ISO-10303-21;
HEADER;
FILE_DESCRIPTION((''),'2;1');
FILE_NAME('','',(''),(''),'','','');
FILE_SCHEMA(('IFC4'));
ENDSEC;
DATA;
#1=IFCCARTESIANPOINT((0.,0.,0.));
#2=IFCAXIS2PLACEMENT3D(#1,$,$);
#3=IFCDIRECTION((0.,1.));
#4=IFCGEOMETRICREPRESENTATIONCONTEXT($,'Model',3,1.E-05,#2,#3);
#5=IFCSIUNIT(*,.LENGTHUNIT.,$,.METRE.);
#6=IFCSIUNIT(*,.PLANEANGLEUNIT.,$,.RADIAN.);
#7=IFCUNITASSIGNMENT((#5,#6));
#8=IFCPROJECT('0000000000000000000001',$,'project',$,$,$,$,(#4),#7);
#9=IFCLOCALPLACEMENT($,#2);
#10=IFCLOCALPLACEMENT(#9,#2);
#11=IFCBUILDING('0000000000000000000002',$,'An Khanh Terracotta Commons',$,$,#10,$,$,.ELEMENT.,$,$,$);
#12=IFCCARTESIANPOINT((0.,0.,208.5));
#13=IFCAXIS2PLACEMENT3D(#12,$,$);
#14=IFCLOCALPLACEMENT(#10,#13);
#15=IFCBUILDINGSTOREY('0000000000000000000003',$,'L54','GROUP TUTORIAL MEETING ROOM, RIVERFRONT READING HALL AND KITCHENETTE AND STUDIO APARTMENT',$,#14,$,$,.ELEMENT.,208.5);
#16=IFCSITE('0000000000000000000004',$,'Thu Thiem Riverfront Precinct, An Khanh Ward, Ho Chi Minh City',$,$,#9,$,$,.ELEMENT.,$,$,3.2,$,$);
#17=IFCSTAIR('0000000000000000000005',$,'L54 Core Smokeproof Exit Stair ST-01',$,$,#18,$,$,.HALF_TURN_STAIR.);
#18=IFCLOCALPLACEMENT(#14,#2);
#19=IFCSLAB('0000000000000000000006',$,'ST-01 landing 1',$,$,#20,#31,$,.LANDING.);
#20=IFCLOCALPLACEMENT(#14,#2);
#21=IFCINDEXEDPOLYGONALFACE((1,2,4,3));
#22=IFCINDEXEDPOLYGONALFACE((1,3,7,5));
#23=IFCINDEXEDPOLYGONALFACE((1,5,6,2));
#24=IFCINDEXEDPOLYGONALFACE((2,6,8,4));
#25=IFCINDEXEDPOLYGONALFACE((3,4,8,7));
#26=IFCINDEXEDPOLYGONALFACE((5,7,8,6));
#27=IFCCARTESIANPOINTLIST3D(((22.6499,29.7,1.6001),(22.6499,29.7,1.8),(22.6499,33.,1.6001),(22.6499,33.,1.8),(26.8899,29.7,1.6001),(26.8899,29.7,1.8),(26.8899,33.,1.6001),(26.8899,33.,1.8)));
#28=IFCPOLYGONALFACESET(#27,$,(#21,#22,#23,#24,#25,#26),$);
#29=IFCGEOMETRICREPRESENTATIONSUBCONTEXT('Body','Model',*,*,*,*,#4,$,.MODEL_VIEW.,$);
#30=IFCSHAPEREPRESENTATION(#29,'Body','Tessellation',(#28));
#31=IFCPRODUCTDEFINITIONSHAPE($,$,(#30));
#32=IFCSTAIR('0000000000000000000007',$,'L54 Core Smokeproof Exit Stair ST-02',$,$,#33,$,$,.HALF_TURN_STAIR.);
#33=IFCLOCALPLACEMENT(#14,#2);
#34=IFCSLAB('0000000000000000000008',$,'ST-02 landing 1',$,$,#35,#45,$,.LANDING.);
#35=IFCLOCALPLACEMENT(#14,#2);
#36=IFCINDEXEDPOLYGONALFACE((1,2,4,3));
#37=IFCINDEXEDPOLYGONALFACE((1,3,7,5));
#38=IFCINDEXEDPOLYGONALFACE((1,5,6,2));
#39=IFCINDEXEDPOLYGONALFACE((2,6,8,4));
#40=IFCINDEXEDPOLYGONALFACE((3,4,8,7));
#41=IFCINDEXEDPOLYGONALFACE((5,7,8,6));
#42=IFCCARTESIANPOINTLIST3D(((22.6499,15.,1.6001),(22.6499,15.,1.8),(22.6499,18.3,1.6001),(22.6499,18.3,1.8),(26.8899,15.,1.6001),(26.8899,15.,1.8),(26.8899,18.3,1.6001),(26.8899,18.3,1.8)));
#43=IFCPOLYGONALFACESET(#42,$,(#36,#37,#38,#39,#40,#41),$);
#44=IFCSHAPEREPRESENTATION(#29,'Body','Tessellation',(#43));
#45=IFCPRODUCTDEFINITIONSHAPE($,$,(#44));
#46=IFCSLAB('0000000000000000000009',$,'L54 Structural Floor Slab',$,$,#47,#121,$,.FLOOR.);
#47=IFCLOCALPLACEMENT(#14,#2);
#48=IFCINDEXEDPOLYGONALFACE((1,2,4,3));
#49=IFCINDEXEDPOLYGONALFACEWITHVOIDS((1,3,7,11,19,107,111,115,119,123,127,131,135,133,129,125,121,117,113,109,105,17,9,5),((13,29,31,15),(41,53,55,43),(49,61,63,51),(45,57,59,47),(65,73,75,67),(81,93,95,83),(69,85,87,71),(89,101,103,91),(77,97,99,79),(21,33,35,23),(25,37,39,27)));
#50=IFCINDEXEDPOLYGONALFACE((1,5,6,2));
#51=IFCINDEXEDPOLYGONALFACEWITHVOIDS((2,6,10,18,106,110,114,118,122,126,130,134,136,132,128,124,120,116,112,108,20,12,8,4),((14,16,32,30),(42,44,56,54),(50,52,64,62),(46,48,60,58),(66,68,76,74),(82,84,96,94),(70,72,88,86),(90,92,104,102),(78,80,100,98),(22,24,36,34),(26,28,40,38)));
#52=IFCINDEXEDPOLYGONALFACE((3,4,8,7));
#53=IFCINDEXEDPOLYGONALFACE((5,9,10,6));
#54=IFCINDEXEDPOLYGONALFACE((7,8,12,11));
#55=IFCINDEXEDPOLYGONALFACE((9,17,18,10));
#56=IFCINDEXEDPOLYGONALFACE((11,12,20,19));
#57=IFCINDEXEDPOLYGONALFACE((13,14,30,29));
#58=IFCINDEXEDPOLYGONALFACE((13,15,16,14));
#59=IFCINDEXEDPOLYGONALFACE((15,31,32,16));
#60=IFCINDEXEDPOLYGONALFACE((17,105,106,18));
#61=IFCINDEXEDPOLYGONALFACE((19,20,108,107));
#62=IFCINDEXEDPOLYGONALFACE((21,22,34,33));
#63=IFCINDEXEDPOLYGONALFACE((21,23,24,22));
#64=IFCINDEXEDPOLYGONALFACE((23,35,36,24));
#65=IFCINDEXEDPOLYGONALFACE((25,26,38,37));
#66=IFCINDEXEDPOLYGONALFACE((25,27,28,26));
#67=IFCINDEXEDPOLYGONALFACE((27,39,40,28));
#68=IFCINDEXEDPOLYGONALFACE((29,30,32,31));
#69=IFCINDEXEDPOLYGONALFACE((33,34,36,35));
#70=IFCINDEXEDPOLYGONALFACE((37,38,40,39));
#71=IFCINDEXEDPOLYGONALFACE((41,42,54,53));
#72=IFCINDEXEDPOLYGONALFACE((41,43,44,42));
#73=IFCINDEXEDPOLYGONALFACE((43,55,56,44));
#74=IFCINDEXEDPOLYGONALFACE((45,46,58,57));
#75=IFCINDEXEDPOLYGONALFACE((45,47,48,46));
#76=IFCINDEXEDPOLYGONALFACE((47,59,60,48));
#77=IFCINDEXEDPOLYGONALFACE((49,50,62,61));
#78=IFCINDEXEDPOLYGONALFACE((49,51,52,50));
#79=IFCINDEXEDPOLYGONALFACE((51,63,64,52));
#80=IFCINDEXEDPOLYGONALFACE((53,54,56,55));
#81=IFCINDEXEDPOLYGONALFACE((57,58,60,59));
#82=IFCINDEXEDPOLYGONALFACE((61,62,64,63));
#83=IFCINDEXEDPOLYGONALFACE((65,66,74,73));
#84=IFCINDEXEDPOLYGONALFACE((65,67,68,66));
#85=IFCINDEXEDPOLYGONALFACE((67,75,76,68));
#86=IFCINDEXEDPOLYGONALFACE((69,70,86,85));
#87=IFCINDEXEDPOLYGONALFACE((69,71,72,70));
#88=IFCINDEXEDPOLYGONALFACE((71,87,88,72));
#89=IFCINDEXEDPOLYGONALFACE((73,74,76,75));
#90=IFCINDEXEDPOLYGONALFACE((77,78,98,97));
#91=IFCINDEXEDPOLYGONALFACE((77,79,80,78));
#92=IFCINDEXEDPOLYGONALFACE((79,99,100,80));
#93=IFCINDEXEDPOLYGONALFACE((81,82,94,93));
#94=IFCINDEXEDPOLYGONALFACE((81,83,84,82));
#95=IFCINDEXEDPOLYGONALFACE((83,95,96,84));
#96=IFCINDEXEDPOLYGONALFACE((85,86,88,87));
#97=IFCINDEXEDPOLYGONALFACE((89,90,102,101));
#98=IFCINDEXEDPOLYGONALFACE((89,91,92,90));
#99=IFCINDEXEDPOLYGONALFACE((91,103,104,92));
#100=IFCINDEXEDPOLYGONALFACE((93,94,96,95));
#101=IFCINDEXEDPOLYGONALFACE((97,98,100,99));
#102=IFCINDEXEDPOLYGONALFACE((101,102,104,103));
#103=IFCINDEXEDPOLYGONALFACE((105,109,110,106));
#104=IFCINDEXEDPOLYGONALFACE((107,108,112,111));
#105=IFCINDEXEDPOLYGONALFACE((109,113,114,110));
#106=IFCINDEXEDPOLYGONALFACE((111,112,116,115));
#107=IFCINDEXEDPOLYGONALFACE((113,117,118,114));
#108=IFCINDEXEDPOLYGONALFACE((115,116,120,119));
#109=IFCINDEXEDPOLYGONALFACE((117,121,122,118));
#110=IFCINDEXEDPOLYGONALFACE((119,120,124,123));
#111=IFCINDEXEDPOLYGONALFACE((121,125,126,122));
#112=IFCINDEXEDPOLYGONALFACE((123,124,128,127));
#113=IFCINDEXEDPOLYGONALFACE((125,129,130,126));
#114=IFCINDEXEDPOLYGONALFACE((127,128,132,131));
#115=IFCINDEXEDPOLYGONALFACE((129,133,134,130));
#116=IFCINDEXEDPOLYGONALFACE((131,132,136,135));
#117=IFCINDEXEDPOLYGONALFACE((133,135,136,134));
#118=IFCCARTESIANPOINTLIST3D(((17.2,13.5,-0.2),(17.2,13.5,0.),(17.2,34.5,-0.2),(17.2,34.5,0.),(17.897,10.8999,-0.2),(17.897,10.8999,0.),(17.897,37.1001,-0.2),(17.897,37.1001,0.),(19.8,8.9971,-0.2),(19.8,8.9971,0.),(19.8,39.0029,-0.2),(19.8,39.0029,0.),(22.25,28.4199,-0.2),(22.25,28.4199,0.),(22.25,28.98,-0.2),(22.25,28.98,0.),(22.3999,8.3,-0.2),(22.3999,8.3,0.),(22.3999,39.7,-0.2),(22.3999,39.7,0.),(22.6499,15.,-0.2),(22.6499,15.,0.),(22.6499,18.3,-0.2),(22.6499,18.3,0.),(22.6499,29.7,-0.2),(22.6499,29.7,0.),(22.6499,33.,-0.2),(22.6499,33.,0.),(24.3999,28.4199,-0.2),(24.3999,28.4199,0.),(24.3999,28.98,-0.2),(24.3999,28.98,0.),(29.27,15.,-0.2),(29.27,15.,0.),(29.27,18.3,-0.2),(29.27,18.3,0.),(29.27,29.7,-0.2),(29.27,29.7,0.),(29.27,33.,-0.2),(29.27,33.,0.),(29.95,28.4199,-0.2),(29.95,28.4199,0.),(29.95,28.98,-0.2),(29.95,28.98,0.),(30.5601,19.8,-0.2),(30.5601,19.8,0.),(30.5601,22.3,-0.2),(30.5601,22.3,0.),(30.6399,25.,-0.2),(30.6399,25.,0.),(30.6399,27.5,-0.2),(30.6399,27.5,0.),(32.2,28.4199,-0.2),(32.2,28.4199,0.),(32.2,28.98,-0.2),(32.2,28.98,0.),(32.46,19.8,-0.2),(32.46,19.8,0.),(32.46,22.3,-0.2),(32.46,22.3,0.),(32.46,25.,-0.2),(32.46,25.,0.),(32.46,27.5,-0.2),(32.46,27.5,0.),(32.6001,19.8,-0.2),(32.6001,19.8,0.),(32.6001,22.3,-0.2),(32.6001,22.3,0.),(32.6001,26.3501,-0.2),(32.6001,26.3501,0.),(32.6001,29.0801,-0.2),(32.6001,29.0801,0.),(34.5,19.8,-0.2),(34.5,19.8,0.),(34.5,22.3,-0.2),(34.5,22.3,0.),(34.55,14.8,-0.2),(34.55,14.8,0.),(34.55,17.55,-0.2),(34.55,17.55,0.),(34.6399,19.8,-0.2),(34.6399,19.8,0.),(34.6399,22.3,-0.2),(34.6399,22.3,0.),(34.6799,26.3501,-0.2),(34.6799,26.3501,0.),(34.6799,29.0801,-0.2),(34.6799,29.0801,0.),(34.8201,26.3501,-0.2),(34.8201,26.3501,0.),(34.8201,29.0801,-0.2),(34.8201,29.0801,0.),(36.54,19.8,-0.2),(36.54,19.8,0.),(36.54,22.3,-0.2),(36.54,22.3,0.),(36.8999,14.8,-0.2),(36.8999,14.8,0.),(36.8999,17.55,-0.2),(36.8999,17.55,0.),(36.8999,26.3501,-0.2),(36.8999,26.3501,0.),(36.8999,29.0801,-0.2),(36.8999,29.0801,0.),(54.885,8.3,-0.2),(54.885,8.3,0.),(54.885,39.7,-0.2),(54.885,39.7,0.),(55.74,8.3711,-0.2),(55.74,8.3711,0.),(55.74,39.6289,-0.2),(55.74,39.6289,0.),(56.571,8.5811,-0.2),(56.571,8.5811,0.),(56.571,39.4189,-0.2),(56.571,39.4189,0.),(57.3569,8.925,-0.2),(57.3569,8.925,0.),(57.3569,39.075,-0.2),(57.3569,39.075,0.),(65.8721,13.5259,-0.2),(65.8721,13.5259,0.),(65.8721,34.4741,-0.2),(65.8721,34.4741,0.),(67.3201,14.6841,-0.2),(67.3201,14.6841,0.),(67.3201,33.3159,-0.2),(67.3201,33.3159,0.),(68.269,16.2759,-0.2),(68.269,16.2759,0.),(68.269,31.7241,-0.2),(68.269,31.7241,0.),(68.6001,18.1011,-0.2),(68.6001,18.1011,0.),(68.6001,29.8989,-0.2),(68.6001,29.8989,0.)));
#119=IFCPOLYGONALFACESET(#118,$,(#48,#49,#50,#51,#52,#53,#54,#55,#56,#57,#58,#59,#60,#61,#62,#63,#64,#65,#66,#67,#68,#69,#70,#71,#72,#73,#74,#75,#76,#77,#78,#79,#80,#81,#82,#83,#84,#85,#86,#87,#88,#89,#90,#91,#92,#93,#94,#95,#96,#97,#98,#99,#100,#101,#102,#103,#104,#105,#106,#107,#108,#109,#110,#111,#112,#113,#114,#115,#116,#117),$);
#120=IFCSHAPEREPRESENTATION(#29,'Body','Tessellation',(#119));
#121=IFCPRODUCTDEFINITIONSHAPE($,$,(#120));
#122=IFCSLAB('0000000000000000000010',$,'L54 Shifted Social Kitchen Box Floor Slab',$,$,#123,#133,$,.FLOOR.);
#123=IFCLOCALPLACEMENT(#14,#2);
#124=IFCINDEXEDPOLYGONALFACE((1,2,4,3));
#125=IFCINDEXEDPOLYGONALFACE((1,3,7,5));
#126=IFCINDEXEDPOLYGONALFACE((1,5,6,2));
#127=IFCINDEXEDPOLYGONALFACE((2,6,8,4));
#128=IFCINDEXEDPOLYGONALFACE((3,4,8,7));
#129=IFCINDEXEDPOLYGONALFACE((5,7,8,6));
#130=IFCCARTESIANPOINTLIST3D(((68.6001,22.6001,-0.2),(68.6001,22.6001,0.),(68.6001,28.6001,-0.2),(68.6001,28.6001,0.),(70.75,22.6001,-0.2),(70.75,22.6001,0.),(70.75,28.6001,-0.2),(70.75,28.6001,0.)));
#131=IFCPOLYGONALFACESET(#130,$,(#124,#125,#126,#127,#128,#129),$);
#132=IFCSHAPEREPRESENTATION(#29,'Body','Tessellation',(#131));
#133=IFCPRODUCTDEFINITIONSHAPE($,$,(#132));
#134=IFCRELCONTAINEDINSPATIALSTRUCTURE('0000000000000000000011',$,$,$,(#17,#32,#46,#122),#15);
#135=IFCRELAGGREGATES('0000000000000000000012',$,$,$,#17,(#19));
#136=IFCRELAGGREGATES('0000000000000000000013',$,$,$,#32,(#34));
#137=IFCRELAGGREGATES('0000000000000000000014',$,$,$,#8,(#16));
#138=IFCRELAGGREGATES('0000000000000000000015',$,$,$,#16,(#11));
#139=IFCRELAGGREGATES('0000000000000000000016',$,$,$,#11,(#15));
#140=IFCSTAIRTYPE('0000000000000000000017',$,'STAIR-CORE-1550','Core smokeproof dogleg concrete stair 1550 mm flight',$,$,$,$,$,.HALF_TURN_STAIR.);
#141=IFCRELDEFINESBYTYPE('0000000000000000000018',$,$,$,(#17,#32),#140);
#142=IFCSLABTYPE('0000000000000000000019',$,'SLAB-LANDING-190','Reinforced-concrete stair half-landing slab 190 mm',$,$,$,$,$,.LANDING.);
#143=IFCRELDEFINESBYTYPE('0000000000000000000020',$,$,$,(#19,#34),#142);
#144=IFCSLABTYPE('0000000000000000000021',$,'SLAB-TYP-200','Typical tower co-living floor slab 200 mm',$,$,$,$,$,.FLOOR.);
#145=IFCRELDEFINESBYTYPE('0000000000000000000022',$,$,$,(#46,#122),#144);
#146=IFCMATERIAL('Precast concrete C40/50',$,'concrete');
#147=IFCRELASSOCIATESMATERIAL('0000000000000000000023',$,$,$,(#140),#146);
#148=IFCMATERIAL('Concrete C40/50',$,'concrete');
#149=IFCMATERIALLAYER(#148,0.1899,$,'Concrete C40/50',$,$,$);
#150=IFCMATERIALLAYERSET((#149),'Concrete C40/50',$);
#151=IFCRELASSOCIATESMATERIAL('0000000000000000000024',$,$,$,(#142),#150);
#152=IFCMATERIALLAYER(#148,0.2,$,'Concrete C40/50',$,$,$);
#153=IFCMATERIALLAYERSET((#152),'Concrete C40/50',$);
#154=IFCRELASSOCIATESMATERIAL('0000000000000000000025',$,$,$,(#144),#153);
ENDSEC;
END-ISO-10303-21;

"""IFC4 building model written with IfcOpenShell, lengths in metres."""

from ifc_helpers import new_model, si_unit, direction, frame, origin, place, context, subcontext, project, spatial, polyline, outline, extrude, material, layer, layer_set, type_object, element, aggregate, save


model = new_model("IFC4")

# Units and contexts
model_context = context("Model", 3, precision=1e-05, world=origin(), true_north=direction((0.0, 1.0)))
body_context = subcontext(model_context, "Body", "Model", "MODEL_VIEW")
ifc_project = project(units=[si_unit("LENGTHUNIT", "METRE"), si_unit("PLANEANGLEUNIT", "RADIAN")], contexts=[model_context])

# Site, building, storey
site_placement = place(None, origin())
site = spatial("IfcSite", under=ifc_project, at=site_placement, Name="Thu Thiem Riverfront Precinct, An Khanh Ward, Ho Chi Minh City", CompositionType="ELEMENT", RefElevation=3.2)
building_placement = place(site_placement, origin())
building = spatial("IfcBuilding", under=site, at=building_placement, Name="An Khanh Terracotta Commons", CompositionType="ELEMENT")
storey_placement = place(building_placement, frame((0.0, 0.0, 208.5)))
storey = spatial("IfcBuildingStorey", under=building, at=storey_placement, Name="L54", Description="GROUP TUTORIAL MEETING ROOM, RIVERFRONT READING HALL AND KITCHENETTE AND STUDIO APARTMENT", CompositionType="ELEMENT", Elevation=208.5)

# Shared definitions
ifc_material_1 = material(Name="Concrete C40/50", Category="concrete")

# Stairs, slabs
ifc_material_2 = material(Name="Precast concrete C40/50", Category="concrete")
stair_type = type_object("IfcStairType", Name="STAIR-CORE-1550", Description="Core smokeproof dogleg concrete stair 1550 mm flight", PredefinedType="HALF_TURN_STAIR", material=ifc_material_2)
stair_1_placement = place(storey_placement, origin())
stair_1 = element("IfcStair", 1, at=stair_1_placement, inside=storey, type_object=stair_type, Name="L54 Core Smokeproof Exit Stair ST-01", PredefinedType="HALF_TURN_STAIR")
ifc_layer_1 = layer(ifc_material_1, 0.1899, Name="Concrete C40/50")
ifc_layer_set_1 = layer_set([ifc_layer_1], Name="Concrete C40/50")
slab_type_1 = type_object("IfcSlabType", Name="SLAB-LANDING-190", Description="Reinforced-concrete stair half-landing slab 190 mm", PredefinedType="LANDING", material=ifc_layer_set_1)
slab_1_placement = place(storey_placement, frame((0.0, 0.0, 1.6001)))
slab_1 = element("IfcSlab", 2, at=slab_1_placement, type_object=slab_type_1, Name="ST-01 landing 1", PredefinedType="LANDING", context=body_context, shape_type="SweptSolid", body=[
    extrude(outline(polyline([(26.8899, 33.0), (22.6499, 33.0), (22.6499, 29.7), (26.8899, 29.7), (26.8899, 33.0)])), origin(), (0.0, 0.0, 1.0), 0.2),
])
aggregate(stair_1, [slab_1])
stair_2_placement = place(storey_placement, origin())
stair_2 = element("IfcStair", 3, at=stair_2_placement, inside=storey, type_object=stair_type, Name="L54 Core Smokeproof Exit Stair ST-02", PredefinedType="HALF_TURN_STAIR")
slab_2_placement = place(storey_placement, frame((0.0, 0.0, 1.6001)))
slab_2 = element("IfcSlab", 4, at=slab_2_placement, type_object=slab_type_1, Name="ST-02 landing 1", PredefinedType="LANDING", context=body_context, shape_type="SweptSolid", body=[
    extrude(outline(polyline([(26.8899, 18.3), (22.6499, 18.3), (22.6499, 15.0), (26.8899, 15.0), (26.8899, 18.3)])), origin(), (0.0, 0.0, 1.0), 0.2),
])
aggregate(stair_2, [slab_2])

# Slabs
ifc_layer_2 = layer(ifc_material_1, 0.2, Name="Concrete C40/50")
ifc_layer_set_2 = layer_set([ifc_layer_2], Name="Concrete C40/50")
slab_type_2 = type_object("IfcSlabType", Name="SLAB-TYP-200", Description="Typical tower co-living floor slab 200 mm", PredefinedType="FLOOR", material=ifc_layer_set_2)
slab_3_placement = place(storey_placement, frame((0.0, 0.0, -0.2)))
element("IfcSlab", 5, at=slab_3_placement, inside=storey, type_object=slab_type_2, Name="L54 Structural Floor Slab", PredefinedType="FLOOR", context=body_context, shape_type="SweptSolid", body=[
    extrude(outline(polyline([(17.2, 13.5), (17.897, 10.8999), (19.8, 8.9971), (22.3999, 8.3), (54.885, 8.3), (55.74, 8.3711), (56.571, 8.5811), (57.3569, 8.925), (65.8721, 13.5259), (67.3201, 14.6841), (68.269, 16.2759), (68.6001, 18.1011), (68.6001, 29.8989), (68.269, 31.7241), (67.3201, 33.3159), (65.8721, 34.4741), (57.3569, 39.075), (56.571, 39.4189), (55.74, 39.6289), (54.885, 39.7), (22.3999, 39.7), (19.8, 39.0029), (17.897, 37.1001), (17.2, 34.5), (17.2, 13.5)]), holes=[polyline([(22.6499, 29.7), (29.27, 29.7), (29.27, 33.0), (22.6499, 33.0), (22.6499, 29.7)]), polyline([(22.6499, 15.0), (29.27, 15.0), (29.27, 18.3), (22.6499, 18.3), (22.6499, 15.0)]), polyline([(32.6001, 26.3501), (34.6799, 26.3501), (34.6799, 29.0801), (32.6001, 29.0801), (32.6001, 26.3501)]), polyline([(34.8201, 26.3501), (36.8999, 26.3501), (36.8999, 29.0801), (34.8201, 29.0801), (34.8201, 26.3501)]), polyline([(34.55, 14.8), (36.8999, 14.8), (36.8999, 17.55), (34.55, 17.55), (34.55, 14.8)]), polyline([(30.6399, 25.0), (32.46, 25.0), (32.46, 27.5), (30.6399, 27.5), (30.6399, 25.0)]), polyline([(30.5601, 19.8), (32.46, 19.8), (32.46, 22.3), (30.5601, 22.3), (30.5601, 19.8)]), polyline([(32.6001, 19.8), (34.5, 19.8), (34.5, 22.3), (32.6001, 22.3), (32.6001, 19.8)]), polyline([(34.6399, 19.8), (36.54, 19.8), (36.54, 22.3), (34.6399, 22.3), (34.6399, 19.8)]), polyline([(22.25, 28.4199), (24.3999, 28.4199), (24.3999, 28.98), (22.25, 28.98), (22.25, 28.4199)]), polyline([(29.95, 28.4199), (32.2, 28.4199), (32.2, 28.98), (29.95, 28.98), (29.95, 28.4199)])]), origin(), (0.0, 0.0, 1.0), 0.2),
])
slab_4_placement = place(storey_placement, frame((0.0, 0.0, -0.2)))
element("IfcSlab", 6, at=slab_4_placement, inside=storey, type_object=slab_type_2, Name="L54 Shifted Social Kitchen Box Floor Slab", PredefinedType="FLOOR", context=body_context, shape_type="SweptSolid", body=[
    extrude(outline(polyline([(68.6001, 22.6001), (70.75, 22.6001), (70.75, 28.6001), (68.6001, 28.6001), (68.6001, 22.6001)])), origin(), (0.0, 0.0, 1.0), 0.2),
])

save(model, "model.ifc")
